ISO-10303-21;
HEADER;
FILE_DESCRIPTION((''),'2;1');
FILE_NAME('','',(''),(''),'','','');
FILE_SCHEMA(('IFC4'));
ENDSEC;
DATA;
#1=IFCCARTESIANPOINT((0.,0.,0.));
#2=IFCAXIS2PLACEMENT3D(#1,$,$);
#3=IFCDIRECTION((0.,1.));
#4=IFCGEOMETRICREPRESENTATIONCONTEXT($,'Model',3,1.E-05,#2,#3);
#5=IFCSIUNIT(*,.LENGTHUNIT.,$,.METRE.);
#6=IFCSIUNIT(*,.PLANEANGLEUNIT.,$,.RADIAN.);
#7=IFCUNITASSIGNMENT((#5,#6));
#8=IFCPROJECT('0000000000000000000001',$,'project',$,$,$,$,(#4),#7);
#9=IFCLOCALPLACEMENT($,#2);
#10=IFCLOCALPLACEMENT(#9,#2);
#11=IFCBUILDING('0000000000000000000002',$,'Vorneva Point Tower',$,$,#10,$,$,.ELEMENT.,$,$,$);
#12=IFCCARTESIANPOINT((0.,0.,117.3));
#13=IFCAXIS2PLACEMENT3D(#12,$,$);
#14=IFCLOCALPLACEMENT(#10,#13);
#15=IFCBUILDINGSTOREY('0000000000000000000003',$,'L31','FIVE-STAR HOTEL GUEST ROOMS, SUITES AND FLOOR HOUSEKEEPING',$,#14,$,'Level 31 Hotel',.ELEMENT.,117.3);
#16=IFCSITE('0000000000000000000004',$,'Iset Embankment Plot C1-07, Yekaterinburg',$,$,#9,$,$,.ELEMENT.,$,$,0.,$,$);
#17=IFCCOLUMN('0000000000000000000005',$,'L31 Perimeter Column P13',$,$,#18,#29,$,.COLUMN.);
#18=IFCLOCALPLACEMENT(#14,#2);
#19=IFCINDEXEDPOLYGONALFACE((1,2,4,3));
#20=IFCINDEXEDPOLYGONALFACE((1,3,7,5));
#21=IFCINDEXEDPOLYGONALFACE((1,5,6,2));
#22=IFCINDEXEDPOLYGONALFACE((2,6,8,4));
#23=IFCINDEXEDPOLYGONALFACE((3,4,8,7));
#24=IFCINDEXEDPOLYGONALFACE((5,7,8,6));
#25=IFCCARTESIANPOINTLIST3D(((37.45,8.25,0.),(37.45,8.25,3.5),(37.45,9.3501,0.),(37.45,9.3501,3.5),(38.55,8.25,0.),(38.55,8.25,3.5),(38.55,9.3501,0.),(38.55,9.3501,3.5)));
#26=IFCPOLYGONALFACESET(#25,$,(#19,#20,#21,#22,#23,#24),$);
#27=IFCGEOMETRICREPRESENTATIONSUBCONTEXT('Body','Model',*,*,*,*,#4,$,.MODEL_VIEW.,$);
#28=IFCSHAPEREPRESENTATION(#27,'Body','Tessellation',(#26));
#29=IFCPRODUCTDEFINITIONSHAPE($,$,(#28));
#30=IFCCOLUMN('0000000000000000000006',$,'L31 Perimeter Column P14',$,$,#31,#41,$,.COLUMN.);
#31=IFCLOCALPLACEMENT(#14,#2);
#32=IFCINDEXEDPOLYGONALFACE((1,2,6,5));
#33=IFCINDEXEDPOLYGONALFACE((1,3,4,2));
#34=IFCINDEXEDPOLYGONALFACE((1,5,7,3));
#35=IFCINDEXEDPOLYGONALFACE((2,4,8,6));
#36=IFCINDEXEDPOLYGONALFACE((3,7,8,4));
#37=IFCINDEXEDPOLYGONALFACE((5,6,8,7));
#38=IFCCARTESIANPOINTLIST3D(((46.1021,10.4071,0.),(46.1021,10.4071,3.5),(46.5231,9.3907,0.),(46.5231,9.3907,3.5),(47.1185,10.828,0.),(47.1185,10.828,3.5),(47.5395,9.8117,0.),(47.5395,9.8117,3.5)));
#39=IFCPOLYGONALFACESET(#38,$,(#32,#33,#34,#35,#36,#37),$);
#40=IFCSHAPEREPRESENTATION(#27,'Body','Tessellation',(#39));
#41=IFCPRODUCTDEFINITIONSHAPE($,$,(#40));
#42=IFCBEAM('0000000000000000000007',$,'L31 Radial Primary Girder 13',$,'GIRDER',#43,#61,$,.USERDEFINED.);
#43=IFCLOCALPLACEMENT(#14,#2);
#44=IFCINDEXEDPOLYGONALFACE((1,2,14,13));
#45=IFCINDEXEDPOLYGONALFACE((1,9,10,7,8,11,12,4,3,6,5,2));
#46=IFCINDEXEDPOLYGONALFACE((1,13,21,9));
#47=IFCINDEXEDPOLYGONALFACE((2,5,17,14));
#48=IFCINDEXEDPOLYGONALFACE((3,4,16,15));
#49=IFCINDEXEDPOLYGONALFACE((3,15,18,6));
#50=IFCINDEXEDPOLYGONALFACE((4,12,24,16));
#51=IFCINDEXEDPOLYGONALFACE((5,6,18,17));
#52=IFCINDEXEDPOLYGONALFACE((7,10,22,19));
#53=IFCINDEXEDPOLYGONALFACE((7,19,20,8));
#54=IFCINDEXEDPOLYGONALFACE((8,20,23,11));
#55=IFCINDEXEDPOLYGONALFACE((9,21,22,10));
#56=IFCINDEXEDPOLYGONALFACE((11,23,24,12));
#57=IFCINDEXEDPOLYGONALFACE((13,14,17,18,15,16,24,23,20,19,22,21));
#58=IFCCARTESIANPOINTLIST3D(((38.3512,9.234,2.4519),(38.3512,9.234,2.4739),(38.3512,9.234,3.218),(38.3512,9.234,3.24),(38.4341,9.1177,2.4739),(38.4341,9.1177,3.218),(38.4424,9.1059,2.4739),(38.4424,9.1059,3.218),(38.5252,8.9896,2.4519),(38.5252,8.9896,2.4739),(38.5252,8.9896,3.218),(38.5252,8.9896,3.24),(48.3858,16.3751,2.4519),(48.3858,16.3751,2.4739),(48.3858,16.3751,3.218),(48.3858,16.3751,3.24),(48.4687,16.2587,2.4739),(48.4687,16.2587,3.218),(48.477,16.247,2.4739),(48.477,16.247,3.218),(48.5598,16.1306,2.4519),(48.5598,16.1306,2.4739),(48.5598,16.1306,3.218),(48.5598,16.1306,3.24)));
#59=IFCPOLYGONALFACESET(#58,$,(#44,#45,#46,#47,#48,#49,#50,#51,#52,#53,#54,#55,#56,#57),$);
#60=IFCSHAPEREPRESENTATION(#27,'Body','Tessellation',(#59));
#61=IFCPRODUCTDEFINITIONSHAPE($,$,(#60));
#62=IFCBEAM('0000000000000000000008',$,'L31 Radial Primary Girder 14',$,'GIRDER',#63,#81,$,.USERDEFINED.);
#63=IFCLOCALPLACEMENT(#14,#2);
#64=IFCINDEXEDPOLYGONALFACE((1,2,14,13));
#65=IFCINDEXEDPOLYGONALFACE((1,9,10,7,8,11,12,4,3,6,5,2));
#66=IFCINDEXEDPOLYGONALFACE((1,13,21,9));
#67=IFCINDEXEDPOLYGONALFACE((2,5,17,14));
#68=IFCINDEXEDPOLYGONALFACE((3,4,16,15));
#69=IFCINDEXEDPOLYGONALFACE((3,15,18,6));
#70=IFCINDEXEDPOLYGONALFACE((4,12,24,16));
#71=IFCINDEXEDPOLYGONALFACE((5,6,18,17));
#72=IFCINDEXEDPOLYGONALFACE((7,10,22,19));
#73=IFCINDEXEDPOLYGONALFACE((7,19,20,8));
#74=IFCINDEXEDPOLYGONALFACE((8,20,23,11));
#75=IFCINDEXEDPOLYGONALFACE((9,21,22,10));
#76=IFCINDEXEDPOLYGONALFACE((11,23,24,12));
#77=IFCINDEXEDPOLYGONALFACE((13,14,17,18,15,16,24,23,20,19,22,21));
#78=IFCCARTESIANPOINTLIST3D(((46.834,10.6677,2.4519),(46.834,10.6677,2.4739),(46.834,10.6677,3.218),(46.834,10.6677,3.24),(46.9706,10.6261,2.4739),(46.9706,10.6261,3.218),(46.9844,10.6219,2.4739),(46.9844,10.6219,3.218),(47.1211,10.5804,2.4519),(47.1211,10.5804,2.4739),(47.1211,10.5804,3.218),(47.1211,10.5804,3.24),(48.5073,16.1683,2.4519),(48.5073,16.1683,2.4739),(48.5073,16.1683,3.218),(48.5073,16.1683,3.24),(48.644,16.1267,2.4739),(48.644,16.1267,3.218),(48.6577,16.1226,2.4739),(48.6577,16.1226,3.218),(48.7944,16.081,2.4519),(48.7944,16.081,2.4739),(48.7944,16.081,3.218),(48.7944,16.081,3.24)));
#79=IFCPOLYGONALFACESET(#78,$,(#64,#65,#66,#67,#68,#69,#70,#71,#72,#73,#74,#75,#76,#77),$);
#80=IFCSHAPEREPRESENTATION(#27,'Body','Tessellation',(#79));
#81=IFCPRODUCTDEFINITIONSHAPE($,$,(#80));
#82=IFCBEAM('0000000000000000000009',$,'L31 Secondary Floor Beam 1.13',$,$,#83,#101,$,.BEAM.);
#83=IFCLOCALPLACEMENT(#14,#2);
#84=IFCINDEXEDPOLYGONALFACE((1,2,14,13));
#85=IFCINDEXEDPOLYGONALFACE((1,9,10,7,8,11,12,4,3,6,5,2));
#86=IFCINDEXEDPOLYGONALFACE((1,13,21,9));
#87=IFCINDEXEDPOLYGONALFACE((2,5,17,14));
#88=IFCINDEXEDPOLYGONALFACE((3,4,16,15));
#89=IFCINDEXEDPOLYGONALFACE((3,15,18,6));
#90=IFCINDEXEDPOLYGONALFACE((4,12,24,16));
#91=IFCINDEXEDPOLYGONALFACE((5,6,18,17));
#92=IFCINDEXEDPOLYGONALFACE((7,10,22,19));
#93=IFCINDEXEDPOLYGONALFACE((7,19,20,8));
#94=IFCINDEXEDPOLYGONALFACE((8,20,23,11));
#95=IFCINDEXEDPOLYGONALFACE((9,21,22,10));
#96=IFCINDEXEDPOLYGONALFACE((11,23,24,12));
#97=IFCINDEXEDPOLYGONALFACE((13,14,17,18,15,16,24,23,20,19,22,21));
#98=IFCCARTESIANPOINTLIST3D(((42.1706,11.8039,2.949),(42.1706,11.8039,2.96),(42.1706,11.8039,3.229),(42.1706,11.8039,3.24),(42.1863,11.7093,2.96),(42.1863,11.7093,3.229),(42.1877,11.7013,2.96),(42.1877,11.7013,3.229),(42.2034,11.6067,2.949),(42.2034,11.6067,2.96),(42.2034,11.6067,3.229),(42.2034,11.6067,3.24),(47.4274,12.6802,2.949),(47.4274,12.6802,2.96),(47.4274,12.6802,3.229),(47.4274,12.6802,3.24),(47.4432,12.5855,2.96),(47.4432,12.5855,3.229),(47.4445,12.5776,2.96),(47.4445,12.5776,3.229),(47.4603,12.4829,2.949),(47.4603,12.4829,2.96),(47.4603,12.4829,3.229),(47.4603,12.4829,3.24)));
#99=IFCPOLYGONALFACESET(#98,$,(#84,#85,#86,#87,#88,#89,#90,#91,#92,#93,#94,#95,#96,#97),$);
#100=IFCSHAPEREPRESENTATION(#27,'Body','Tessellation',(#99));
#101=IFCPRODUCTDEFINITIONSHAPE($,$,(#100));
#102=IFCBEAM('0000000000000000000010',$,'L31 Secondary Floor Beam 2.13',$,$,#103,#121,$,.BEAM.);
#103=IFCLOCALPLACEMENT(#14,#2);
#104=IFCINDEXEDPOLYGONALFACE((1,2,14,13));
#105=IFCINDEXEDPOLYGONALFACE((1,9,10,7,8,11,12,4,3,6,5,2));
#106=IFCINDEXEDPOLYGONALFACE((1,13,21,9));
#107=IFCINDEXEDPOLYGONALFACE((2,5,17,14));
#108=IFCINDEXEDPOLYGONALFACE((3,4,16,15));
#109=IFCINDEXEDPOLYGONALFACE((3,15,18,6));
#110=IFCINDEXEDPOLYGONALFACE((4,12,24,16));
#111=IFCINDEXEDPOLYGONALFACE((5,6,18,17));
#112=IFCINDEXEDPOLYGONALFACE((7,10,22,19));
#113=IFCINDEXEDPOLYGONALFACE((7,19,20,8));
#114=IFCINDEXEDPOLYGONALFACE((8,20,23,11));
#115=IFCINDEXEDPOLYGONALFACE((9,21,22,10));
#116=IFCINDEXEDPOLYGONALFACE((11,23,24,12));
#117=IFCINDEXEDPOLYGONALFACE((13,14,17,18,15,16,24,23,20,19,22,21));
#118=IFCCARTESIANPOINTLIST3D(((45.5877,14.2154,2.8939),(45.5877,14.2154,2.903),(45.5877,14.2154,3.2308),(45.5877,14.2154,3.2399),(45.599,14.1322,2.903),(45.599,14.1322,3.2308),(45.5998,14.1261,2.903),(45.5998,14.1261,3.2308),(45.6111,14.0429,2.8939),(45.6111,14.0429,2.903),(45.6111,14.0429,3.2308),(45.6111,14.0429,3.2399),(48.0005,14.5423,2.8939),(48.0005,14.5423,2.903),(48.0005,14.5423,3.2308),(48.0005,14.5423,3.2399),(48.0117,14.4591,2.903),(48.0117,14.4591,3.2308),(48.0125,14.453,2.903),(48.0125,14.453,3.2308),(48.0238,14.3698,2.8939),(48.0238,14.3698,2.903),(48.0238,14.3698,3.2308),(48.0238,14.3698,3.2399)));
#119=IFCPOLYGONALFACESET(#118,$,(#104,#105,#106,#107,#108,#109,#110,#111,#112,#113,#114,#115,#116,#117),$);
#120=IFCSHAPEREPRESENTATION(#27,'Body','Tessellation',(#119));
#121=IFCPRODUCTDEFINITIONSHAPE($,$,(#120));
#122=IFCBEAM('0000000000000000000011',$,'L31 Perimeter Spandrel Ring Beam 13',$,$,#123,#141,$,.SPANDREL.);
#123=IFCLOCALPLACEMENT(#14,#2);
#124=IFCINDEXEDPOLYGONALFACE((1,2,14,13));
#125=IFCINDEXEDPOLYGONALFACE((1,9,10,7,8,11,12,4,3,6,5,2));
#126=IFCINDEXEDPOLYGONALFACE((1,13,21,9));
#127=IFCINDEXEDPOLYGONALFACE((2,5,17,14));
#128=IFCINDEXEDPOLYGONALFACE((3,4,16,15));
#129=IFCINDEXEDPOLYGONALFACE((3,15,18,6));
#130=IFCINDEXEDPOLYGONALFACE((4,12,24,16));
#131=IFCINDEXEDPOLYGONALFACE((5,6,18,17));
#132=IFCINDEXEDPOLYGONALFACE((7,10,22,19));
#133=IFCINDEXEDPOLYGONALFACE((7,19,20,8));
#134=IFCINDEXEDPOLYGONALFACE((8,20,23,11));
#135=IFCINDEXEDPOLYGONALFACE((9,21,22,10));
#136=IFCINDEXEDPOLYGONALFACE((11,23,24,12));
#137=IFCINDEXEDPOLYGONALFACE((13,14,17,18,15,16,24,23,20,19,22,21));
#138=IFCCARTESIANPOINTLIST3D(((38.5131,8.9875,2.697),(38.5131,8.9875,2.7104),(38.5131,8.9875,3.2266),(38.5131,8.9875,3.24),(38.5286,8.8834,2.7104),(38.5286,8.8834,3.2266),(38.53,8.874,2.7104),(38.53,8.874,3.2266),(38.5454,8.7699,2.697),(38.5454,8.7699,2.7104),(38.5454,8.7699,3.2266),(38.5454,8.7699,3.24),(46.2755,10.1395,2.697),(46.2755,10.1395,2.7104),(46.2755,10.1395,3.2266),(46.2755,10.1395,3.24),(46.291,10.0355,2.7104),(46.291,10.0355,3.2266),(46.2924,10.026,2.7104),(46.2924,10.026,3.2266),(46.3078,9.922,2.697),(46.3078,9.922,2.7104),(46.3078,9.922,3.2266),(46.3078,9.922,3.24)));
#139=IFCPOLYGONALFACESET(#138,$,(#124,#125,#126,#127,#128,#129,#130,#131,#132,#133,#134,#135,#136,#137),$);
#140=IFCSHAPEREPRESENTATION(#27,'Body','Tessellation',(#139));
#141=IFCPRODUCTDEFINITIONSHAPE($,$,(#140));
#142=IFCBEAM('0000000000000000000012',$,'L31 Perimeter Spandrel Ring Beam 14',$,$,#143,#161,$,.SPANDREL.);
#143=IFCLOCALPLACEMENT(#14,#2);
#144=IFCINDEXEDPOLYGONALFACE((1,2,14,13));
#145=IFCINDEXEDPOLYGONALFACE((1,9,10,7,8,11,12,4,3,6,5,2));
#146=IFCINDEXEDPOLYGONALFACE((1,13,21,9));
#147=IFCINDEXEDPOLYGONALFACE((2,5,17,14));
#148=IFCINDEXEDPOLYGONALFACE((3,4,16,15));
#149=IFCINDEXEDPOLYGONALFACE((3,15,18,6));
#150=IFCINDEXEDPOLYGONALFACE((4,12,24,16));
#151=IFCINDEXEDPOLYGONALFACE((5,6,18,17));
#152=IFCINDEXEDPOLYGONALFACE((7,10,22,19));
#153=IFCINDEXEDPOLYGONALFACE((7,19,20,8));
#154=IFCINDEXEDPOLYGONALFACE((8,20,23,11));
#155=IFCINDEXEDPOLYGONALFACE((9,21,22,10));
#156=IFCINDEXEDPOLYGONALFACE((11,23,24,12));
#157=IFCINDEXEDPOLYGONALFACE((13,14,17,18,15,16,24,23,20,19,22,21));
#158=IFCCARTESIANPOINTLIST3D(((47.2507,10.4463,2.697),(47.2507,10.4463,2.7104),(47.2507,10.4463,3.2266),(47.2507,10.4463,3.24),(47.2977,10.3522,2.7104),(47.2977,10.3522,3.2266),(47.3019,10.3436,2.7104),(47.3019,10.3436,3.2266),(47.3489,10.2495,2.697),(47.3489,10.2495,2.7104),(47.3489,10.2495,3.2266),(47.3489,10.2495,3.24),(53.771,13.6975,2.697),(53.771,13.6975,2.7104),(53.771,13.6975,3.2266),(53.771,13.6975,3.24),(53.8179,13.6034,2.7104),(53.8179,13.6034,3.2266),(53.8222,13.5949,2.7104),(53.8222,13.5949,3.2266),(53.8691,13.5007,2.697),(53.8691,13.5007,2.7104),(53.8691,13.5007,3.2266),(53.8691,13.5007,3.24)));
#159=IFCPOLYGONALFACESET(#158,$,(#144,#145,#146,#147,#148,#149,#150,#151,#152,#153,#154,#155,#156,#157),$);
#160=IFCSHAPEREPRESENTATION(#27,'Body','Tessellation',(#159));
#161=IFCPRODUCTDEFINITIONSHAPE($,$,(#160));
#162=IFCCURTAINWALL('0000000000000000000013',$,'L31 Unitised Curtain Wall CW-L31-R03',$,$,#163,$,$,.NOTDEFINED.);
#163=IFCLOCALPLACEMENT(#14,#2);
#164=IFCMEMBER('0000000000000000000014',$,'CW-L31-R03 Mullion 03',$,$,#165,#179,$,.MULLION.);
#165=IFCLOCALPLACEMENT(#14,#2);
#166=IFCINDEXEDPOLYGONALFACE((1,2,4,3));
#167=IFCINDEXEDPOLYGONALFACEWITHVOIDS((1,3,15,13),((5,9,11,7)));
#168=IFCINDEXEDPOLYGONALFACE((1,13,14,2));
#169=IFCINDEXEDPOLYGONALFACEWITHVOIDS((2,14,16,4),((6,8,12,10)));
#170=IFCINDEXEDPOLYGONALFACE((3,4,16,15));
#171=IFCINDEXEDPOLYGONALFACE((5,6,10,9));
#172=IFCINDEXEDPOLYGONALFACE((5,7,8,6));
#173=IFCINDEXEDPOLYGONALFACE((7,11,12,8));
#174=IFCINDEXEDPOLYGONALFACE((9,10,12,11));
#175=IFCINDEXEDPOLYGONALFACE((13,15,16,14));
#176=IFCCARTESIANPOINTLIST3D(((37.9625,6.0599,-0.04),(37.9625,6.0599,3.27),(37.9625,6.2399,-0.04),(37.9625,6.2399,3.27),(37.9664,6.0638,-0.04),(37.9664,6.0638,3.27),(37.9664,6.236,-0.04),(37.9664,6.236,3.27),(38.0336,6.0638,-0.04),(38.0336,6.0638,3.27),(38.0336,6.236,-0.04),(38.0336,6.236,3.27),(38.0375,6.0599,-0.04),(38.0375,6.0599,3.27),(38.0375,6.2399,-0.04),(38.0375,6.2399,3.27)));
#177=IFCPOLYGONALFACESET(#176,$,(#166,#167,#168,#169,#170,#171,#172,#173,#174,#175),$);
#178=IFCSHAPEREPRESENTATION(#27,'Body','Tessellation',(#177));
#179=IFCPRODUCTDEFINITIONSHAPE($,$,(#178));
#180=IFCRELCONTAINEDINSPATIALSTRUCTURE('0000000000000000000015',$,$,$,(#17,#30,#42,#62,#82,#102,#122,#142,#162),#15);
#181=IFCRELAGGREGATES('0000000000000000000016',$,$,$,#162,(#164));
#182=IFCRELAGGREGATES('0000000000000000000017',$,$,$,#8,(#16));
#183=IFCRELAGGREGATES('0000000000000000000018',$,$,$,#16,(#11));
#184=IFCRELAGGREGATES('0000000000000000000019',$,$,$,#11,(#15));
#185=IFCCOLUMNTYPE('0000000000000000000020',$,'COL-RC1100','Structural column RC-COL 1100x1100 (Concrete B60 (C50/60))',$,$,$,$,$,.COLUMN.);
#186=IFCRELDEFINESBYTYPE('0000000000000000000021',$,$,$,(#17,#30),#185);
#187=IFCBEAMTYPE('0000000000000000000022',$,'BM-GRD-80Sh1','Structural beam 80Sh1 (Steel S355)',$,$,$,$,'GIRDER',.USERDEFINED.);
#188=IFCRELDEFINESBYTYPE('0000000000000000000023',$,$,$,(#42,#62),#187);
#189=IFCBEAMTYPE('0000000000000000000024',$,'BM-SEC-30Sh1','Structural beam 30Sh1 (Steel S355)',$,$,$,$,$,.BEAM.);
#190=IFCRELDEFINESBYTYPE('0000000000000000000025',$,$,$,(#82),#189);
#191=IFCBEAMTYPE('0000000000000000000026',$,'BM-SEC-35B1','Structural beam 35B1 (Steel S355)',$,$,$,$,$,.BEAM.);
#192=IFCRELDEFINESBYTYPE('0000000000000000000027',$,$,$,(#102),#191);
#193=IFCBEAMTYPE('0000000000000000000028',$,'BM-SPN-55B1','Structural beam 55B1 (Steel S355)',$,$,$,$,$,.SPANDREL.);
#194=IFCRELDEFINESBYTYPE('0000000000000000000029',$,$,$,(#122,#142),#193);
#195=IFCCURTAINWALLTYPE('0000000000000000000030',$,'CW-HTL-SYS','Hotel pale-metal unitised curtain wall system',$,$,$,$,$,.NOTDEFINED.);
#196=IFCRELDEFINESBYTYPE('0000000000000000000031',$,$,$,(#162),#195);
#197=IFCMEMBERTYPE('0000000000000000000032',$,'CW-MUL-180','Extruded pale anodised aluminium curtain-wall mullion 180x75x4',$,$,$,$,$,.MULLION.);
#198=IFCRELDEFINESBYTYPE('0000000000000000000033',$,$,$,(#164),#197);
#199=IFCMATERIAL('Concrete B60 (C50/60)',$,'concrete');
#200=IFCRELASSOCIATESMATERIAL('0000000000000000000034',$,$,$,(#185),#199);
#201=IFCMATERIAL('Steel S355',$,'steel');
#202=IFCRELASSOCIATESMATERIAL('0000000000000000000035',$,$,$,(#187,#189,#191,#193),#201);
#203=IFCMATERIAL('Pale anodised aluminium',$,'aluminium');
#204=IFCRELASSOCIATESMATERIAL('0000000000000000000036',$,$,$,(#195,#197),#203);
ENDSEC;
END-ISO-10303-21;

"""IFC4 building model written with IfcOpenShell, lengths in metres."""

from ifc_helpers import new_model, si_unit, direction, frame, origin, origin_2d, place, context, subcontext, project, spatial, rectangle, hollow_rectangle, i_section, extrude, material, material_profile, profile_set, type_object, element, aggregate, save


model = new_model("IFC4")

# Units and contexts
model_context = context("Model", 3, precision=1e-05, world=origin(), true_north=direction((0.0, 1.0)))
body_context = subcontext(model_context, "Body", "Model", "MODEL_VIEW")
ifc_project = project(units=[si_unit("LENGTHUNIT", "METRE"), si_unit("PLANEANGLEUNIT", "RADIAN")], contexts=[model_context])

# Site, building, storey
site_placement = place(None, origin())
site = spatial("IfcSite", under=ifc_project, at=site_placement, Name="Iset Embankment Plot C1-07, Yekaterinburg", CompositionType="ELEMENT", RefElevation=0.0)
building_placement = place(site_placement, origin())
building = spatial("IfcBuilding", under=site, at=building_placement, Name="Vorneva Point Tower", CompositionType="ELEMENT")
storey_placement = place(building_placement, frame((0.0, 0.0, 117.3)))
storey = spatial("IfcBuildingStorey", under=building, at=storey_placement, Name="L31", Description="FIVE-STAR HOTEL GUEST ROOMS, SUITES AND FLOOR HOUSEKEEPING", LongName="Level 31 Hotel", CompositionType="ELEMENT", Elevation=117.3)

# Columns
ifc_material_1 = material(Name="Concrete B60 (C50/60)", Category="concrete")
ifc_material_profile_1 = material_profile(ifc_material_1, rectangle(XDim=1.1001, YDim=1.1001, at=origin_2d()), Name="RC-COL 1100x1100")
ifc_profile_set_1 = profile_set([ifc_material_profile_1], Name="Concrete B60 (C50/60)")
column_type = type_object("IfcColumnType", Name="COL-RC1100", Description="Structural column RC-COL 1100x1100 (Concrete B60 (C50/60))", PredefinedType="COLUMN", material=ifc_profile_set_1)
for number, where, z_axis, x_axis, name in (
    (1, (38.0, 8.8, 0.0), (0.0, 0.0, 1.0), (0.0, -1.0, 0.0), "L31 Perimeter Column P13"),
    (2, (46.8208, 10.1094, 0.0), (0.0, 0.0, 1.0), (0.382683, -0.92388, 0.0), "L31 Perimeter Column P14"),
):
    element("IfcColumn", number, at=place(storey_placement, frame(where, z_axis=z_axis, x_axis=x_axis)), inside=storey, type_object=column_type, Name=name, PredefinedType="COLUMN", context=body_context, shape_type="SweptSolid", body=[
        extrude(rectangle(XDim=1.1001, YDim=1.1001, at=origin_2d()), origin(), (0.0, 0.0, 1.0), 3.5),
    ])

# Beams
ifc_material_2 = material(Name="Steel S355", Category="steel")
ifc_material_profile_2 = material_profile(ifc_material_2, i_section(OverallWidth=0.3, OverallDepth=0.7881, WebThickness=0.0144, FlangeThickness=0.022, at=origin_2d()), Name="80Sh1")
ifc_profile_set_2 = profile_set([ifc_material_profile_2], Name="Steel S355")
beam_type_1 = type_object("IfcBeamType", Name="BM-GRD-80Sh1", Description="Structural beam 80Sh1 (Steel S355)", ElementType="GIRDER", PredefinedType="USERDEFINED", material=ifc_profile_set_2)
beam_1_placement = place(storey_placement, frame((38.4382, 9.1118, 2.8459), z_axis=(0.81475, 0.579812, 0.0), x_axis=(-0.579812, 0.81475, 0.0)))
element("IfcBeam", 3, at=beam_1_placement, inside=storey, type_object=beam_type_1, Name="L31 Radial Primary Girder 13", ObjectType="GIRDER", PredefinedType="USERDEFINED", context=body_context, shape_type="SweptSolid", body=[
    extrude(i_section(OverallWidth=0.3, OverallDepth=0.7881, WebThickness=0.0144, FlangeThickness=0.022, at=origin_2d()), origin(), (0.0, 0.0, 1.0), 12.3162),
])
beam_2_placement = place(storey_placement, frame((46.9775, 10.624, 2.8459), z_axis=(0.291035, 0.956712, 0.0), x_axis=(-0.956712, 0.291035, 0.0)))
element("IfcBeam", 4, at=beam_2_placement, inside=storey, type_object=beam_type_1, Name="L31 Radial Primary Girder 14", ObjectType="GIRDER", PredefinedType="USERDEFINED", context=body_context, shape_type="SweptSolid", body=[
    extrude(i_section(OverallWidth=0.3, OverallDepth=0.7881, WebThickness=0.0144, FlangeThickness=0.022, at=origin_2d()), origin(), (0.0, 0.0, 1.0), 5.7495),
])
ifc_material_profile_3 = material_profile(ifc_material_2, i_section(OverallWidth=0.2, OverallDepth=0.291, WebThickness=0.0081, FlangeThickness=0.011, at=origin_2d()), Name="30Sh1")
ifc_profile_set_3 = profile_set([ifc_material_profile_3], Name="Steel S355")
beam_type_2 = type_object("IfcBeamType", Name="BM-SEC-30Sh1", Description="Structural beam 30Sh1 (Steel S355)", PredefinedType="BEAM", material=ifc_profile_set_3)
beam_3_placement = place(storey_placement, frame((42.187, 11.7053, 3.0945), z_axis=(0.986391, 0.164414, 0.0), x_axis=(-0.164414, 0.986391, 0.0)))
element("IfcBeam", 5, at=beam_3_placement, inside=storey, type_object=beam_type_2, Name="L31 Secondary Floor Beam 1.13", PredefinedType="BEAM", context=body_context, shape_type="SweptSolid", body=[
    extrude(i_section(OverallWidth=0.2, OverallDepth=0.291, WebThickness=0.0081, FlangeThickness=0.011, at=origin_2d()), origin(), (0.0, 0.0, 1.0), 5.3293),
])
ifc_material_profile_4 = material_profile(ifc_material_2, i_section(OverallWidth=0.1741, OverallDepth=0.3459, WebThickness=0.0061, FlangeThickness=0.009, at=origin_2d()), Name="35B1")
ifc_profile_set_4 = profile_set([ifc_material_profile_4], Name="Steel S355")
beam_type_3 = type_object("IfcBeamType", Name="BM-SEC-35B1", Description="Structural beam 35B1 (Steel S355)", PredefinedType="BEAM", material=ifc_profile_set_4)
beam_4_placement = place(storey_placement, frame((45.5994, 14.1292, 3.0669), z_axis=(0.990946, 0.134259, 0.0), x_axis=(-0.134259, 0.990946, 0.0)))
element("IfcBeam", 6, at=beam_4_placement, inside=storey, type_object=beam_type_3, Name="L31 Secondary Floor Beam 2.13", PredefinedType="BEAM", context=body_context, shape_type="SweptSolid", body=[
    extrude(i_section(OverallWidth=0.1741, OverallDepth=0.3459, WebThickness=0.0061, FlangeThickness=0.009, at=origin_2d()), origin(), (0.0, 0.0, 1.0), 2.4348),
])
ifc_material_profile_5 = material_profile(ifc_material_2, i_section(OverallWidth=0.22, OverallDepth=0.543, WebThickness=0.0095, FlangeThickness=0.0134, at=origin_2d()), Name="55B1")
ifc_profile_set_5 = profile_set([ifc_material_profile_5], Name="Steel S355")
beam_type_4 = type_object("IfcBeamType", Name="BM-SPN-55B1", Description="Structural beam 55B1 (Steel S355)", PredefinedType="SPANDREL", material=ifc_profile_set_5)
beam_5_placement = place(storey_placement, frame((38.5293, 8.8787, 2.9685), z_axis=(0.989165, 0.146811, 0.0), x_axis=(-0.146811, 0.989165, 0.0)))
element("IfcBeam", 7, at=beam_5_placement, inside=storey, type_object=beam_type_4, Name="L31 Perimeter Spandrel Ring Beam 13", PredefinedType="SPANDREL", context=body_context, shape_type="SweptSolid", body=[
    extrude(i_section(OverallWidth=0.22, OverallDepth=0.543, WebThickness=0.0095, FlangeThickness=0.0134, at=origin_2d()), origin(), (0.0, 0.0, 1.0), 7.8474),
])
beam_6_placement = place(storey_placement, frame((47.2998, 10.3479, 2.9685), z_axis=(0.894916, 0.446235, 0.0), x_axis=(-0.446235, 0.894916, 0.0)))
element("IfcBeam", 8, at=beam_6_placement, inside=storey, type_object=beam_type_4, Name="L31 Perimeter Spandrel Ring Beam 14", PredefinedType="SPANDREL", context=body_context, shape_type="SweptSolid", body=[
    extrude(i_section(OverallWidth=0.22, OverallDepth=0.543, WebThickness=0.0095, FlangeThickness=0.0134, at=origin_2d()), origin(), (0.0, 0.0, 1.0), 7.2859),
])

# Curtain wall, member
ifc_material_3 = material(Name="Pale anodised aluminium", Category="aluminium")
curtain_wall_type = type_object("IfcCurtainWallType", Name="CW-HTL-SYS", Description="Hotel pale-metal unitised curtain wall system", PredefinedType="NOTDEFINED", material=ifc_material_3)
curtain_wall_placement = place(storey_placement, origin())
curtain_wall = element("IfcCurtainWall", 9, at=curtain_wall_placement, inside=storey, type_object=curtain_wall_type, Name="L31 Unitised Curtain Wall CW-L31-R03", PredefinedType="NOTDEFINED")
ifc_material_profile_6 = material_profile(ifc_material_3, hollow_rectangle(XDim=0.075, YDim=0.1799, WallThickness=0.0039, at=origin_2d()), Name="AL-MUL 180x75x4")
ifc_profile_set_6 = profile_set([ifc_material_profile_6], Name="Pale anodised aluminium")
member_type_1 = type_object("IfcMemberType", Name="CW-MUL-180", Description="Extruded pale anodised aluminium curtain-wall mullion 180x75x4", PredefinedType="MULLION", material=ifc_profile_set_6)
member_1_placement = place(storey_placement, frame((38.0, 6.1499, -0.04), z_axis=(0.0, 0.0, 1.0), x_axis=(1.0, 0.0, 0.0)))
member_1 = element("IfcMember", 10, at=member_1_placement, type_object=member_type_1, Name="CW-L31-R03 Mullion 03", PredefinedType="MULLION", context=body_context, shape_type="SweptSolid", body=[
    extrude(hollow_rectangle(XDim=0.075, YDim=0.1799, WallThickness=0.0039, at=origin_2d()), origin(), (0.0, 0.0, 1.0), 3.3101),
])
aggregate(curtain_wall, [member_1])

save(model, "model.ifc")
